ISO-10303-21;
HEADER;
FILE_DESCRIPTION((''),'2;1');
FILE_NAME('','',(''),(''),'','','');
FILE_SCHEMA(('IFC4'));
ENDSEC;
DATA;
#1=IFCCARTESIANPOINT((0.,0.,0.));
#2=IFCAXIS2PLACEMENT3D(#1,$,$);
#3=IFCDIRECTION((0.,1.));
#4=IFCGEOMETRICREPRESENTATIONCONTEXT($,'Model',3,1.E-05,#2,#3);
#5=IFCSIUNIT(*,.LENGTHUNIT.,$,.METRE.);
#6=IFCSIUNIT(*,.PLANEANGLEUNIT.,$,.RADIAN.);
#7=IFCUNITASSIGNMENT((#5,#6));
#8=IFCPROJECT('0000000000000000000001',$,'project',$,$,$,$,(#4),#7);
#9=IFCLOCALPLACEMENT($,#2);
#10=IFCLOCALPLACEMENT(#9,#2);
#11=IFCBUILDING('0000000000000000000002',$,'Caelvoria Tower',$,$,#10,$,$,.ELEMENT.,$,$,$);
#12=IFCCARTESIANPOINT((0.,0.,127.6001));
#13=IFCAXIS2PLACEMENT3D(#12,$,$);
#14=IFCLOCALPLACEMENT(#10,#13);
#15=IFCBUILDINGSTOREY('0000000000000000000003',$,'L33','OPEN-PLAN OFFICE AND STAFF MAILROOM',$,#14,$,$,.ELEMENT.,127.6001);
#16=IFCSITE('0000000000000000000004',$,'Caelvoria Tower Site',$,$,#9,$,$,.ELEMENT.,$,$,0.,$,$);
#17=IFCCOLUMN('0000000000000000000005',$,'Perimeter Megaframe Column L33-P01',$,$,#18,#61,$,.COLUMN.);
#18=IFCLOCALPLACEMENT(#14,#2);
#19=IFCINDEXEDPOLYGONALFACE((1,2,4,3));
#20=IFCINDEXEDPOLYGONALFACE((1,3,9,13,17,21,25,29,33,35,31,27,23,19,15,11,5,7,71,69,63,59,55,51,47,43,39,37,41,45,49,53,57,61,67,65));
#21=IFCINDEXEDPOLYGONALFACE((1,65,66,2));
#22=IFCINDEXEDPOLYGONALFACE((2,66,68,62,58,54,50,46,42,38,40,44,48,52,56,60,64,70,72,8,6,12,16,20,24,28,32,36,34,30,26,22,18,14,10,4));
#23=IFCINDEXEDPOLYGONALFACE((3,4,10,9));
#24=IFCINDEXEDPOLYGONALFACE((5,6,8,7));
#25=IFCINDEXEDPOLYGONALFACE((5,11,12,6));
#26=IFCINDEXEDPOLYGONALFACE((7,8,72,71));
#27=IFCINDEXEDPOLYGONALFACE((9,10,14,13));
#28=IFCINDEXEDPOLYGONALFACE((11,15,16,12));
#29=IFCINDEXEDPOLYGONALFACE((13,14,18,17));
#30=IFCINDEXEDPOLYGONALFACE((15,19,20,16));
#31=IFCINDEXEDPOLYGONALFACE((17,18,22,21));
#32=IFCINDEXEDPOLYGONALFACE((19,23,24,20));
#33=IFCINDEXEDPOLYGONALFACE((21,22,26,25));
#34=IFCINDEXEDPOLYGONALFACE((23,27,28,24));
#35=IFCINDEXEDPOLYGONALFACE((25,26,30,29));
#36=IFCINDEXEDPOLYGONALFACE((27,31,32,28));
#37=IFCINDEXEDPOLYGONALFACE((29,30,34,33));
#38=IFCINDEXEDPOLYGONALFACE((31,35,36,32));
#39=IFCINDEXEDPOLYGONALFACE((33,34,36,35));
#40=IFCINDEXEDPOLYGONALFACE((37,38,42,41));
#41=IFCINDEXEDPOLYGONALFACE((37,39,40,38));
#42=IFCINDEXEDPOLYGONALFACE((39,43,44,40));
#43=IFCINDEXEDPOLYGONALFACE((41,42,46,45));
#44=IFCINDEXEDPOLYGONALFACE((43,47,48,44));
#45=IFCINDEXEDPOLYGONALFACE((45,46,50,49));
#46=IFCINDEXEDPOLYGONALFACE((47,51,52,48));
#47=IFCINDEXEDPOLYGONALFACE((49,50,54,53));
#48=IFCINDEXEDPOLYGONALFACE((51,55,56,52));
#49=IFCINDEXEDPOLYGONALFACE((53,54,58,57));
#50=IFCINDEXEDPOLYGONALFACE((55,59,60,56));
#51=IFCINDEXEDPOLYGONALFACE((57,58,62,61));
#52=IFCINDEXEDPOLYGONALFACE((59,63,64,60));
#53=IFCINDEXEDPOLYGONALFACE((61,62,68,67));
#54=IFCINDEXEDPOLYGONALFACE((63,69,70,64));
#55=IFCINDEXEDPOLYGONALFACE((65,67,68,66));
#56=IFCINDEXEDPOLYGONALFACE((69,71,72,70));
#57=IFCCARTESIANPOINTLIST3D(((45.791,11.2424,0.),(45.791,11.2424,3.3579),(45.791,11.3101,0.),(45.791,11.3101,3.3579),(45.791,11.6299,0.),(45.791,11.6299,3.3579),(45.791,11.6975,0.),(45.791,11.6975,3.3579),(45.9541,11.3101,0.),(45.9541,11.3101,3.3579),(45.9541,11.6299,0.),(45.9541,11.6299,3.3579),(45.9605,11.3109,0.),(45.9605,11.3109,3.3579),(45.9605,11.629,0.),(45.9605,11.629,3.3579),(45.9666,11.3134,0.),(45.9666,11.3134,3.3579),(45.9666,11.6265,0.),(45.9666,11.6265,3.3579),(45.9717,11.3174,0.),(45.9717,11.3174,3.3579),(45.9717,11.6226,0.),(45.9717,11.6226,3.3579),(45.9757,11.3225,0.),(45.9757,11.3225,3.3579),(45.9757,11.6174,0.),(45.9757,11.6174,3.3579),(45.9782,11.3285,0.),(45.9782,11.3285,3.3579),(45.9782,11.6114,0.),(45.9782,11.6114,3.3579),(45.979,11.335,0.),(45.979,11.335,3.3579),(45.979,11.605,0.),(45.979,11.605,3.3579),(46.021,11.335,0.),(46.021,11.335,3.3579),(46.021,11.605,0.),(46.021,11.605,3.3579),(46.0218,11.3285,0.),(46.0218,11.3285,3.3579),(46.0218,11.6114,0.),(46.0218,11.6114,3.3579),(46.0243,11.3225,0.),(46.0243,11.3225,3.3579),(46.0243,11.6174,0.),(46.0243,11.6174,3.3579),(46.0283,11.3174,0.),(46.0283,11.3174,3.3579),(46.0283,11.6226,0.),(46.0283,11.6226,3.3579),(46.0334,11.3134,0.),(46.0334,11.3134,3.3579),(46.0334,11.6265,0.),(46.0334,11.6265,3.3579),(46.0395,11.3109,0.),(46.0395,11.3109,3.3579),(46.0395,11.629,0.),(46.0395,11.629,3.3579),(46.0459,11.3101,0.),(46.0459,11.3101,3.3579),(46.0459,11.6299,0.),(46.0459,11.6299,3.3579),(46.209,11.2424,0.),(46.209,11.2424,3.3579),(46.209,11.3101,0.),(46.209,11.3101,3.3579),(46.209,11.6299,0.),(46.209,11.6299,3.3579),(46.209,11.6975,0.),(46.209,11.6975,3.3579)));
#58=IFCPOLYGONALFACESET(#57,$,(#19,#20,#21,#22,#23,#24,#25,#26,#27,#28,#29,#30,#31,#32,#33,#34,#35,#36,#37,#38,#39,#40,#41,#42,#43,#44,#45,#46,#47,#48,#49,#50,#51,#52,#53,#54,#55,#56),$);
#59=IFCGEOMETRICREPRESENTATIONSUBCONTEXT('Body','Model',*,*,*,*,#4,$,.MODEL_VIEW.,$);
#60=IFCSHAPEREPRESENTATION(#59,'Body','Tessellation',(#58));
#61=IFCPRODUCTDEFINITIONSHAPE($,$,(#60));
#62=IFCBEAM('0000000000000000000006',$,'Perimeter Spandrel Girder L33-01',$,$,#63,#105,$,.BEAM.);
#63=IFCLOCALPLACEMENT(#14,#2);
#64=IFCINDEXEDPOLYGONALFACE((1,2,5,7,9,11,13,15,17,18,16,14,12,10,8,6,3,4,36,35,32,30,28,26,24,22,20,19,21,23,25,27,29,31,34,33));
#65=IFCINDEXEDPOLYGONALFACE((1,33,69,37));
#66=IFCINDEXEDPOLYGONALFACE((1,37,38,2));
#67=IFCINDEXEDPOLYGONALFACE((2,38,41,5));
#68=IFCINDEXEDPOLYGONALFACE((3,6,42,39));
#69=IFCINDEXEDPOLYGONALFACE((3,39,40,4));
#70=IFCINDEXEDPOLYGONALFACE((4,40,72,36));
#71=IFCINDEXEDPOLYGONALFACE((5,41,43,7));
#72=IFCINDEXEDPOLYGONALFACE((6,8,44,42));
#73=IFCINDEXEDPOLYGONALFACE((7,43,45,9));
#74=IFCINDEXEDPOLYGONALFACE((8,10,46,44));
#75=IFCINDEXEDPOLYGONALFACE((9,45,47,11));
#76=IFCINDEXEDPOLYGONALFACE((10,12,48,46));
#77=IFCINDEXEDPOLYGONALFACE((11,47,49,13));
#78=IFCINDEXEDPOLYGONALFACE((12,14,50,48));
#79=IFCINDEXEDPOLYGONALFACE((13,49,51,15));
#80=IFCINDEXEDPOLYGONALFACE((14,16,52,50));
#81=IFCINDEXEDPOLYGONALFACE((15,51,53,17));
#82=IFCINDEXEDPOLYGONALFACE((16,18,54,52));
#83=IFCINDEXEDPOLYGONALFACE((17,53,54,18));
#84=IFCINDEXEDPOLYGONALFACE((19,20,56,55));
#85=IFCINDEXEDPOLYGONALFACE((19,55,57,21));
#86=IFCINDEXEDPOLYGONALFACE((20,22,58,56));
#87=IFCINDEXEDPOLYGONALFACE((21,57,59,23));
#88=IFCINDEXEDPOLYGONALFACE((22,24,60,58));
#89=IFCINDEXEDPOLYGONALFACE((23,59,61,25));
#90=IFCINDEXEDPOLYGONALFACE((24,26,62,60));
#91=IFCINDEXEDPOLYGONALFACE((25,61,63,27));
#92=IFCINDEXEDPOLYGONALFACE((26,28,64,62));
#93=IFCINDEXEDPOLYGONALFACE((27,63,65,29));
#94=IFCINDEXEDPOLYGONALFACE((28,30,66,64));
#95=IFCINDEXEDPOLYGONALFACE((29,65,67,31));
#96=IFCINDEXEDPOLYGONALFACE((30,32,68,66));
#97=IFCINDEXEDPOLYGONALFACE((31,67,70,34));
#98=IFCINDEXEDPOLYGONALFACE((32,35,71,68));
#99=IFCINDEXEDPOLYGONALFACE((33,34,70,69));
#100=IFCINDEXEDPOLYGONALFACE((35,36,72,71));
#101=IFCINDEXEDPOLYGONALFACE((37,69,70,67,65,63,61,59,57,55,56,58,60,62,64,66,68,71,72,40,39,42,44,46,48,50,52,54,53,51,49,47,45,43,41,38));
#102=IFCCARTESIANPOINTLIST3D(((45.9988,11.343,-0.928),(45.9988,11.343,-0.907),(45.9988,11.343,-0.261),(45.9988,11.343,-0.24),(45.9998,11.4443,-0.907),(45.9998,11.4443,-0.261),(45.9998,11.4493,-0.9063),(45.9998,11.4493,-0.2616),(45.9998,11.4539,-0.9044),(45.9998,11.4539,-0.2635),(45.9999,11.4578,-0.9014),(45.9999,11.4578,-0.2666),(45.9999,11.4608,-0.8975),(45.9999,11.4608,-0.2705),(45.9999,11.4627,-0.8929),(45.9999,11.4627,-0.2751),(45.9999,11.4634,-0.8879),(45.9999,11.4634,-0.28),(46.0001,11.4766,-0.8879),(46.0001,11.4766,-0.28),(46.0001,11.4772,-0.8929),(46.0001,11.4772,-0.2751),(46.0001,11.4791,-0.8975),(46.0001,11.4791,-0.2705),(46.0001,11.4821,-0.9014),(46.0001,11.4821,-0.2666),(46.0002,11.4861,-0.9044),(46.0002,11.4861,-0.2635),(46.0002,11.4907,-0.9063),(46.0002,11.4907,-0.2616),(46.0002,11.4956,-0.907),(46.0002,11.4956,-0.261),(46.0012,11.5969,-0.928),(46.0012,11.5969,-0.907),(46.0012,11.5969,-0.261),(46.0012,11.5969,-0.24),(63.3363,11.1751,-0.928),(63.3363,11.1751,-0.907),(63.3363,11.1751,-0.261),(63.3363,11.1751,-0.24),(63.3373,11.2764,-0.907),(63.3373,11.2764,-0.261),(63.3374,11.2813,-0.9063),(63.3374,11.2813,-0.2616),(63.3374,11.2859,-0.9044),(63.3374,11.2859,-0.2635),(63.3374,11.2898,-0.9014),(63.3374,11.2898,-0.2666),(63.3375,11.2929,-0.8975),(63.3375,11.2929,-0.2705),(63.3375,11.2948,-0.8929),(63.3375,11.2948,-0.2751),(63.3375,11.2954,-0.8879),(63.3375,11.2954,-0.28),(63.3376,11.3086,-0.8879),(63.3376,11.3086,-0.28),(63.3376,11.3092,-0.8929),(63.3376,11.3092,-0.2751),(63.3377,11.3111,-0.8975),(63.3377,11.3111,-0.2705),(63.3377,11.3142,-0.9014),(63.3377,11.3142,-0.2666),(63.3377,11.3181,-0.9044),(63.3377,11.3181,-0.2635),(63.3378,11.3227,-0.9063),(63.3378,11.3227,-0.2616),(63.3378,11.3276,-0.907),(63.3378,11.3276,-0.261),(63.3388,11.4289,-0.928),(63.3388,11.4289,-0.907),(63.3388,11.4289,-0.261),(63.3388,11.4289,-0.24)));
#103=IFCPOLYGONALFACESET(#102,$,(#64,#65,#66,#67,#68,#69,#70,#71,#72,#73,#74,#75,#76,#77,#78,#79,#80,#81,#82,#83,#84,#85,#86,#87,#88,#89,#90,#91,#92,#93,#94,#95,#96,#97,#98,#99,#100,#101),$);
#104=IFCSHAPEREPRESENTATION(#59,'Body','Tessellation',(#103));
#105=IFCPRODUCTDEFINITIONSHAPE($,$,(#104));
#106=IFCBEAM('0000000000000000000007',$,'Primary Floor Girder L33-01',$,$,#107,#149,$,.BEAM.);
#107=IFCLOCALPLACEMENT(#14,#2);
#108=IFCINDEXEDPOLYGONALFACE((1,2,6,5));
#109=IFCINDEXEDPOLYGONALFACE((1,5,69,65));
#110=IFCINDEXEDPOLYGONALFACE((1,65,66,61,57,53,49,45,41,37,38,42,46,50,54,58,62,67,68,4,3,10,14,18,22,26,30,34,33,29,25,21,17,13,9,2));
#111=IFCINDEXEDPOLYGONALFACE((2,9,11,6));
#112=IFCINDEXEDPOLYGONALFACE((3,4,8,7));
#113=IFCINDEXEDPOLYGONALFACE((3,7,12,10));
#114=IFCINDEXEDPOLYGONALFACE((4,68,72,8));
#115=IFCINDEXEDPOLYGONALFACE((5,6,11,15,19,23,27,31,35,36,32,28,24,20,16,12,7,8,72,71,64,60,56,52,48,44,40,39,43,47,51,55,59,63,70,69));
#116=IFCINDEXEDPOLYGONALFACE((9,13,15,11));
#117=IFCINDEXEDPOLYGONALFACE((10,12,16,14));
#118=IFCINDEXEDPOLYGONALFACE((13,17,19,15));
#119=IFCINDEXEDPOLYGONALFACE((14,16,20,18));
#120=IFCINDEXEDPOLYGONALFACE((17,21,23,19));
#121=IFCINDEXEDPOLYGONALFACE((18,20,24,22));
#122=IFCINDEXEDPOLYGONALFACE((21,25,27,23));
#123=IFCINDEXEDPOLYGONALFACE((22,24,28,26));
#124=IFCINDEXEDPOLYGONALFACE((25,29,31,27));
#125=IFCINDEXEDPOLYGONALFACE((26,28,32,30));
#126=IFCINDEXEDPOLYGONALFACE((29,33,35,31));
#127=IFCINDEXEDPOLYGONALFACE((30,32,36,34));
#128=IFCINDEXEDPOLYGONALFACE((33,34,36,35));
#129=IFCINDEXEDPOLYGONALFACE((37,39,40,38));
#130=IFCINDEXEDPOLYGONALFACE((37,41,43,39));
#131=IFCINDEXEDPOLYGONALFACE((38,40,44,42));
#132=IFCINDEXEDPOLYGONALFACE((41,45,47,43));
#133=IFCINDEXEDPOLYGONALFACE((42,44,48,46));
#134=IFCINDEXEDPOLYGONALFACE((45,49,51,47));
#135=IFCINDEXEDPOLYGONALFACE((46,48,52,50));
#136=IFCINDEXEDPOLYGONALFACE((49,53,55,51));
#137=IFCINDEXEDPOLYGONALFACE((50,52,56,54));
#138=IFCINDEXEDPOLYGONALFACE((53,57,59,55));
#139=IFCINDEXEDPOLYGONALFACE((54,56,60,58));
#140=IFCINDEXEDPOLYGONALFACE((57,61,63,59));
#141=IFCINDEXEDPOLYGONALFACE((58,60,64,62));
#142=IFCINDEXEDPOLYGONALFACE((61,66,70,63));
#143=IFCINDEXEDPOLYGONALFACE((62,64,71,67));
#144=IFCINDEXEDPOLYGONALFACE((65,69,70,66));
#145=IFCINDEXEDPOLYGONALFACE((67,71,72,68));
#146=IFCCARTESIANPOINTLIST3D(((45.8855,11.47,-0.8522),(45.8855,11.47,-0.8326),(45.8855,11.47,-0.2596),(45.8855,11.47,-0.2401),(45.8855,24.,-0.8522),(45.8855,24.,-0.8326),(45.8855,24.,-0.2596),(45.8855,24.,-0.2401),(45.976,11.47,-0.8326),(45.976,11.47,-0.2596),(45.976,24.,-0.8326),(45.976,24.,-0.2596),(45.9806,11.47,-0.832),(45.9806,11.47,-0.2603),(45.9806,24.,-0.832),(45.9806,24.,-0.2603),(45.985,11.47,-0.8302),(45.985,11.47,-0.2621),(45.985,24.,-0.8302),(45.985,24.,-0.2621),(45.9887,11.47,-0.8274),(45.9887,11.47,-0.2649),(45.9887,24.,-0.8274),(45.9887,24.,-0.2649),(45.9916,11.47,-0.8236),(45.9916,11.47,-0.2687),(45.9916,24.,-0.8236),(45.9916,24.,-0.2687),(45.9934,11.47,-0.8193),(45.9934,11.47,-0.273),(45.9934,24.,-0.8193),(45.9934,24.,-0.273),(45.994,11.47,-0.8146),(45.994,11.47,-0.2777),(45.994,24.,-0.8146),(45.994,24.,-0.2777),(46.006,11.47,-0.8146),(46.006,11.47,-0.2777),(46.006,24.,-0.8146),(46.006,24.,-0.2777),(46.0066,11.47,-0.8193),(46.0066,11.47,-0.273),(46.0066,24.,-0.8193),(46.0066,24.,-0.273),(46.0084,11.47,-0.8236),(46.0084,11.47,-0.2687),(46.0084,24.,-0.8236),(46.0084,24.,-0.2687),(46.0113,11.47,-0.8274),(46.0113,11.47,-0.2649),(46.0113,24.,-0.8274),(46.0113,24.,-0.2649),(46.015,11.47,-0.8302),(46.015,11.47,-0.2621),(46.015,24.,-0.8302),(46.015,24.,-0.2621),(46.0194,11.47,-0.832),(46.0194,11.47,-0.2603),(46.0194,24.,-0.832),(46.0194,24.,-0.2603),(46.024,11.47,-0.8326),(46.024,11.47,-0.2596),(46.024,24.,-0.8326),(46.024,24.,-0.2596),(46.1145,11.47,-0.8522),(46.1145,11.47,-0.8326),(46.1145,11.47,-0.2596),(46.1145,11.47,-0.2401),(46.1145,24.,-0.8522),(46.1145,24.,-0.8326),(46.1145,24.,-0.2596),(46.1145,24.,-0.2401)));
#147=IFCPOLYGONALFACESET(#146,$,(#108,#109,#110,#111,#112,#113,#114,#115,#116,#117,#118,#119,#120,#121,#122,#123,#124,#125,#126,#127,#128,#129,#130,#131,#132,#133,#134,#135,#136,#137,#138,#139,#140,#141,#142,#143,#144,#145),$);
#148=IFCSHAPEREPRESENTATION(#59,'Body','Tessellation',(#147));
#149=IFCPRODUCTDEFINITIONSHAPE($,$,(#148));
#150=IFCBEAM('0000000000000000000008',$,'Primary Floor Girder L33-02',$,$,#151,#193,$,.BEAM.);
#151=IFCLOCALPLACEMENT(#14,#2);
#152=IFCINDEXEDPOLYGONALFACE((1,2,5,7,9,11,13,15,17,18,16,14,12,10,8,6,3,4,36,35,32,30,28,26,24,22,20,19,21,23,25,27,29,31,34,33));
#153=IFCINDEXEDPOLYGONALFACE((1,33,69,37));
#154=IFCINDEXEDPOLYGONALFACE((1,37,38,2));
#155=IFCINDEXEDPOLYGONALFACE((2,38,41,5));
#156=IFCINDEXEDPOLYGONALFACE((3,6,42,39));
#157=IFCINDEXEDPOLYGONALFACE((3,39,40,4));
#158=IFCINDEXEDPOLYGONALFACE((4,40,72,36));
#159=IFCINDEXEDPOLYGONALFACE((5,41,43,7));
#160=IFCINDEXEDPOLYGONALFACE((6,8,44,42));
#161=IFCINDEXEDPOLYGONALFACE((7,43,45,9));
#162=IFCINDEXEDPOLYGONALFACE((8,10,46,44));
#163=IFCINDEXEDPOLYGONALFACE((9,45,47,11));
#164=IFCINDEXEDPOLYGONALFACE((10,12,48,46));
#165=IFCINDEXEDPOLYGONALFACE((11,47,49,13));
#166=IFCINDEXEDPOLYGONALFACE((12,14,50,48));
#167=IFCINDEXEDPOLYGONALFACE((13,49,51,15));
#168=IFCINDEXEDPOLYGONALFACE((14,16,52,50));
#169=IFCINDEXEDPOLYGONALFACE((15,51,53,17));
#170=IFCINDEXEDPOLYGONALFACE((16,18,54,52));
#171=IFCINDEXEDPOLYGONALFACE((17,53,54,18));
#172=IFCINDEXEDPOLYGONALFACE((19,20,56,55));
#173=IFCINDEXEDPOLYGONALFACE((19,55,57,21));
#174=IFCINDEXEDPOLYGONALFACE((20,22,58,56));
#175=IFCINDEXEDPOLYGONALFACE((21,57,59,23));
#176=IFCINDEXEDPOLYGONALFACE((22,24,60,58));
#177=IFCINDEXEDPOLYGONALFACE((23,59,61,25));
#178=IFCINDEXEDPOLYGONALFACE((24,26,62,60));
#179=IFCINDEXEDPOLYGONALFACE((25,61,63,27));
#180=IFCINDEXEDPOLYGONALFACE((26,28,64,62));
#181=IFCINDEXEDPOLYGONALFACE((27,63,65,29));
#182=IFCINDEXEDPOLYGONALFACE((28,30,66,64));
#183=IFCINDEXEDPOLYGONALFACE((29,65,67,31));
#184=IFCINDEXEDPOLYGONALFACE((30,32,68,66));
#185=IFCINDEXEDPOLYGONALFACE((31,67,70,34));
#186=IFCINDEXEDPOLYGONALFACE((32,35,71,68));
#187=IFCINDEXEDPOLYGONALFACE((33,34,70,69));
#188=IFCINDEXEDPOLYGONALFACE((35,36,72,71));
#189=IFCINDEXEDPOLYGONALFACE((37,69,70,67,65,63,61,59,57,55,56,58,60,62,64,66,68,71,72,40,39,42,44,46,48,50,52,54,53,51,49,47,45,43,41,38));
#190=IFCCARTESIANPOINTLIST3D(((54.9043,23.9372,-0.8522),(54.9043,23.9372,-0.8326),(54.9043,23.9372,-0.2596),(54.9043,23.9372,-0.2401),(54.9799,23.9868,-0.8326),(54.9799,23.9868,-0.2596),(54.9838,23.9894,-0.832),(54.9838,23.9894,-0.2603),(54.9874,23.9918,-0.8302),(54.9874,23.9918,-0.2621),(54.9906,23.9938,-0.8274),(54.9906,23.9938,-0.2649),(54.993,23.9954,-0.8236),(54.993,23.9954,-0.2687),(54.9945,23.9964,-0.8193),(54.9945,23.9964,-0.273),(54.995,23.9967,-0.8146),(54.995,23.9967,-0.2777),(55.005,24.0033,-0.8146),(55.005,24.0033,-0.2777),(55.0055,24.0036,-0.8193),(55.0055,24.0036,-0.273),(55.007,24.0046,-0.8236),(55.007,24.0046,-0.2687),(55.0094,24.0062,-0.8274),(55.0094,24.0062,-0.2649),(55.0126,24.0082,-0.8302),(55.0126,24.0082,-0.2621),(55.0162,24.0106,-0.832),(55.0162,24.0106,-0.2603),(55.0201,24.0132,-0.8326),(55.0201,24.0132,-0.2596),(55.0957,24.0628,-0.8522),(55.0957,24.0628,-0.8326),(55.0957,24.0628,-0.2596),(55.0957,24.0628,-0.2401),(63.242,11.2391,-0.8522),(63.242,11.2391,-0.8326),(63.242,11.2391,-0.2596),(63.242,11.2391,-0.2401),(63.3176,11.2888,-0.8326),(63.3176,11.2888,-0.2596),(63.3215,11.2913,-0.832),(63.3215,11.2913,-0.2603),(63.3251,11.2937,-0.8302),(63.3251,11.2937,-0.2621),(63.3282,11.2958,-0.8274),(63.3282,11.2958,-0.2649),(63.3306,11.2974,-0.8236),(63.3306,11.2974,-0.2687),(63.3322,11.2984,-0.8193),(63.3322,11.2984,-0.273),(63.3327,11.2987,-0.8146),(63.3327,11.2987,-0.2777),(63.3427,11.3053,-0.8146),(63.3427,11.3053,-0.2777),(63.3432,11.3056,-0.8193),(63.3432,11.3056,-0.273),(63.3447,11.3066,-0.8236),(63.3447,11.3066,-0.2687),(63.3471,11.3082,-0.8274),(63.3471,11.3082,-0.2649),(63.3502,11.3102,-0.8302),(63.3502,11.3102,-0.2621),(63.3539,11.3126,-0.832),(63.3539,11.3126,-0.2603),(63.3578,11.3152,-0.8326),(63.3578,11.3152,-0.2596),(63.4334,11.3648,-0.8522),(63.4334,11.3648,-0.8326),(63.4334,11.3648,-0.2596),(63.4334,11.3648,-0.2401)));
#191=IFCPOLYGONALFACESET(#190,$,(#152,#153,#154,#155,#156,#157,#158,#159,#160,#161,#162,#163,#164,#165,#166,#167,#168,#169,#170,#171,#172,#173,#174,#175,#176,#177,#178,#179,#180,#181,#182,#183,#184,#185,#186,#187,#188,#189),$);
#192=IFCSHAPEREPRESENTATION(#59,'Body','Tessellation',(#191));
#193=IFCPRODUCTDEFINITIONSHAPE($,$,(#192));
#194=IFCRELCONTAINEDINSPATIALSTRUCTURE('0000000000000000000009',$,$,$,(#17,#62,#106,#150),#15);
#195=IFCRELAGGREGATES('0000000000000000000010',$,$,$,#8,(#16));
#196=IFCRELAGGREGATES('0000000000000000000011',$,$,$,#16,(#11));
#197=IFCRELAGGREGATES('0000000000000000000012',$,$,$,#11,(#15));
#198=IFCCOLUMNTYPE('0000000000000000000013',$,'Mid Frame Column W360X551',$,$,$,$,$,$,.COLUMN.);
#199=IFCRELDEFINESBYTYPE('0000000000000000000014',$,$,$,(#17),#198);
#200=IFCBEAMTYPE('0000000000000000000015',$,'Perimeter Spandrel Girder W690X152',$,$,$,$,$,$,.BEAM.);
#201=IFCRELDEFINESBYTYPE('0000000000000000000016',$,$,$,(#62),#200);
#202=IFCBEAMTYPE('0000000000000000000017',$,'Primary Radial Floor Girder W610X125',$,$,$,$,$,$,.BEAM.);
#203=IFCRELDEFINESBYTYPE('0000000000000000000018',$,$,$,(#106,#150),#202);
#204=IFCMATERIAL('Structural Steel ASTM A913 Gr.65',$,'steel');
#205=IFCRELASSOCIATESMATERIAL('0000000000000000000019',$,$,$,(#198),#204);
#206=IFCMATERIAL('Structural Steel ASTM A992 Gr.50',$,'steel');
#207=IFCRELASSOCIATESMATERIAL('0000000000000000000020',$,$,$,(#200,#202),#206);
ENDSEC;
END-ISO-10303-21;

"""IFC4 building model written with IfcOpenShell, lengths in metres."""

from ifc_helpers import new_model, si_unit, direction, frame, origin, origin_2d, place, context, subcontext, project, spatial, i_section, extrude, material, material_profile, profile_set, type_object, element, save


model = new_model("IFC4")

# Units and contexts
model_context = context("Model", 3, precision=1e-05, world=origin(), true_north=direction((0.0, 1.0)))
body_context = subcontext(model_context, "Body", "Model", "MODEL_VIEW")
ifc_project = project(units=[si_unit("LENGTHUNIT", "METRE"), si_unit("PLANEANGLEUNIT", "RADIAN")], contexts=[model_context])

# Site, building, storey
site_placement = place(None, origin())
site = spatial("IfcSite", under=ifc_project, at=site_placement, Name="Caelvoria Tower Site", CompositionType="ELEMENT", RefElevation=0.0)
building_placement = place(site_placement, origin())
building = spatial("IfcBuilding", under=site, at=building_placement, Name="Caelvoria Tower", CompositionType="ELEMENT")
storey_placement = place(building_placement, frame((0.0, 0.0, 127.6001)))
storey = spatial("IfcBuildingStorey", under=building, at=storey_placement, Name="L33", Description="OPEN-PLAN OFFICE AND STAFF MAILROOM", CompositionType="ELEMENT", Elevation=127.6001)

# Column
ifc_material_1 = material(Name="Structural Steel ASTM A913 Gr.65", Category="steel")
ifc_material_profile_1 = material_profile(ifc_material_1, i_section(OverallWidth=0.418, OverallDepth=0.4551, WebThickness=0.042, FlangeThickness=0.0676, FilletRadius=0.0249, at=origin_2d()), Name="Structural Steel ASTM A913 Gr.65")
ifc_profile_set_1 = profile_set([ifc_material_profile_1], Name="W360X551 - Structural Steel ASTM A913 Gr.65")
column_type = type_object("IfcColumnType", Name="Mid Frame Column W360X551", PredefinedType="COLUMN", material=ifc_profile_set_1)
column_placement = place(storey_placement, frame((46.0, 11.47, 0.0), z_axis=(0.0, 0.0, 1.0), x_axis=(1.0, 0.0, 0.0)))
element("IfcColumn", 1, at=column_placement, inside=storey, type_object=column_type, Name="Perimeter Megaframe Column L33-P01", PredefinedType="COLUMN", context=body_context, shape_type="SweptSolid", body=[
    extrude(i_section(OverallWidth=0.418, OverallDepth=0.4551, WebThickness=0.042, FlangeThickness=0.0676, FilletRadius=0.0249, at=origin_2d()), origin(), (0.0, 0.0, 1.0), 3.3579),
])

# Beams
ifc_material_2 = material(Name="Structural Steel ASTM A992 Gr.50", Category="steel")
ifc_material_profile_2 = material_profile(ifc_material_2, i_section(OverallWidth=0.2539, OverallDepth=0.688, WebThickness=0.0132, FlangeThickness=0.021, FilletRadius=0.019, at=origin_2d()), Name="Structural Steel ASTM A992 Gr.50")
ifc_profile_set_2 = profile_set([ifc_material_profile_2], Name="W690X152 - Structural Steel ASTM A992 Gr.50")
beam_type_1 = type_object("IfcBeamType", Name="Perimeter Spandrel Girder W690X152", PredefinedType="BEAM", material=ifc_profile_set_2)
beam_1_placement = place(storey_placement, frame((46.0, 11.47, -0.584), z_axis=(0.999953, -0.009688, 0.0), x_axis=(0.009688, 0.999953, 0.0)))
element("IfcBeam", 2, at=beam_1_placement, inside=storey, type_object=beam_type_1, Name="Perimeter Spandrel Girder L33-01", PredefinedType="BEAM", context=body_context, shape_type="SweptSolid", body=[
    extrude(i_section(OverallWidth=0.2539, OverallDepth=0.688, WebThickness=0.0132, FlangeThickness=0.021, FilletRadius=0.019, at=origin_2d()), origin(), (0.0, 0.0, 1.0), 17.3384),
])
ifc_material_profile_3 = material_profile(ifc_material_2, i_section(OverallWidth=0.229, OverallDepth=0.6121, WebThickness=0.012, FlangeThickness=0.0195, FilletRadius=0.0181, at=origin_2d()), Name="Structural Steel ASTM A992 Gr.50")
ifc_profile_set_3 = profile_set([ifc_material_profile_3], Name="W610X125 - Structural Steel ASTM A992 Gr.50")
beam_type_2 = type_object("IfcBeamType", Name="Primary Radial Floor Girder W610X125", PredefinedType="BEAM", material=ifc_profile_set_3)
beam_2_placement = place(storey_placement, frame((46.0, 24.0, -0.5461), z_axis=(0.0, -1.0, 0.0), x_axis=(1.0, 0.0, 0.0)))
element("IfcBeam", 3, at=beam_2_placement, inside=storey, type_object=beam_type_2, Name="Primary Floor Girder L33-01", PredefinedType="BEAM", context=body_context, shape_type="SweptSolid", body=[
    extrude(i_section(OverallWidth=0.229, OverallDepth=0.6121, WebThickness=0.012, FlangeThickness=0.0195, FilletRadius=0.0181, at=origin_2d()), origin(), (0.0, 0.0, 1.0), 12.53),
])
beam_3_placement = place(storey_placement, frame((55.0, 24.0, -0.5461), z_axis=(0.548867, -0.835909, 0.0), x_axis=(0.835909, 0.548867, 0.0)))
element("IfcBeam", 4, at=beam_3_placement, inside=storey, type_object=beam_type_2, Name="Primary Floor Girder L33-02", PredefinedType="BEAM", context=body_context, shape_type="SweptSolid", body=[
    extrude(i_section(OverallWidth=0.229, OverallDepth=0.6121, WebThickness=0.012, FlangeThickness=0.0195, FilletRadius=0.0181, at=origin_2d()), origin(), (0.0, 0.0, 1.0), 15.1907),
])

save(model, "model.ifc")
